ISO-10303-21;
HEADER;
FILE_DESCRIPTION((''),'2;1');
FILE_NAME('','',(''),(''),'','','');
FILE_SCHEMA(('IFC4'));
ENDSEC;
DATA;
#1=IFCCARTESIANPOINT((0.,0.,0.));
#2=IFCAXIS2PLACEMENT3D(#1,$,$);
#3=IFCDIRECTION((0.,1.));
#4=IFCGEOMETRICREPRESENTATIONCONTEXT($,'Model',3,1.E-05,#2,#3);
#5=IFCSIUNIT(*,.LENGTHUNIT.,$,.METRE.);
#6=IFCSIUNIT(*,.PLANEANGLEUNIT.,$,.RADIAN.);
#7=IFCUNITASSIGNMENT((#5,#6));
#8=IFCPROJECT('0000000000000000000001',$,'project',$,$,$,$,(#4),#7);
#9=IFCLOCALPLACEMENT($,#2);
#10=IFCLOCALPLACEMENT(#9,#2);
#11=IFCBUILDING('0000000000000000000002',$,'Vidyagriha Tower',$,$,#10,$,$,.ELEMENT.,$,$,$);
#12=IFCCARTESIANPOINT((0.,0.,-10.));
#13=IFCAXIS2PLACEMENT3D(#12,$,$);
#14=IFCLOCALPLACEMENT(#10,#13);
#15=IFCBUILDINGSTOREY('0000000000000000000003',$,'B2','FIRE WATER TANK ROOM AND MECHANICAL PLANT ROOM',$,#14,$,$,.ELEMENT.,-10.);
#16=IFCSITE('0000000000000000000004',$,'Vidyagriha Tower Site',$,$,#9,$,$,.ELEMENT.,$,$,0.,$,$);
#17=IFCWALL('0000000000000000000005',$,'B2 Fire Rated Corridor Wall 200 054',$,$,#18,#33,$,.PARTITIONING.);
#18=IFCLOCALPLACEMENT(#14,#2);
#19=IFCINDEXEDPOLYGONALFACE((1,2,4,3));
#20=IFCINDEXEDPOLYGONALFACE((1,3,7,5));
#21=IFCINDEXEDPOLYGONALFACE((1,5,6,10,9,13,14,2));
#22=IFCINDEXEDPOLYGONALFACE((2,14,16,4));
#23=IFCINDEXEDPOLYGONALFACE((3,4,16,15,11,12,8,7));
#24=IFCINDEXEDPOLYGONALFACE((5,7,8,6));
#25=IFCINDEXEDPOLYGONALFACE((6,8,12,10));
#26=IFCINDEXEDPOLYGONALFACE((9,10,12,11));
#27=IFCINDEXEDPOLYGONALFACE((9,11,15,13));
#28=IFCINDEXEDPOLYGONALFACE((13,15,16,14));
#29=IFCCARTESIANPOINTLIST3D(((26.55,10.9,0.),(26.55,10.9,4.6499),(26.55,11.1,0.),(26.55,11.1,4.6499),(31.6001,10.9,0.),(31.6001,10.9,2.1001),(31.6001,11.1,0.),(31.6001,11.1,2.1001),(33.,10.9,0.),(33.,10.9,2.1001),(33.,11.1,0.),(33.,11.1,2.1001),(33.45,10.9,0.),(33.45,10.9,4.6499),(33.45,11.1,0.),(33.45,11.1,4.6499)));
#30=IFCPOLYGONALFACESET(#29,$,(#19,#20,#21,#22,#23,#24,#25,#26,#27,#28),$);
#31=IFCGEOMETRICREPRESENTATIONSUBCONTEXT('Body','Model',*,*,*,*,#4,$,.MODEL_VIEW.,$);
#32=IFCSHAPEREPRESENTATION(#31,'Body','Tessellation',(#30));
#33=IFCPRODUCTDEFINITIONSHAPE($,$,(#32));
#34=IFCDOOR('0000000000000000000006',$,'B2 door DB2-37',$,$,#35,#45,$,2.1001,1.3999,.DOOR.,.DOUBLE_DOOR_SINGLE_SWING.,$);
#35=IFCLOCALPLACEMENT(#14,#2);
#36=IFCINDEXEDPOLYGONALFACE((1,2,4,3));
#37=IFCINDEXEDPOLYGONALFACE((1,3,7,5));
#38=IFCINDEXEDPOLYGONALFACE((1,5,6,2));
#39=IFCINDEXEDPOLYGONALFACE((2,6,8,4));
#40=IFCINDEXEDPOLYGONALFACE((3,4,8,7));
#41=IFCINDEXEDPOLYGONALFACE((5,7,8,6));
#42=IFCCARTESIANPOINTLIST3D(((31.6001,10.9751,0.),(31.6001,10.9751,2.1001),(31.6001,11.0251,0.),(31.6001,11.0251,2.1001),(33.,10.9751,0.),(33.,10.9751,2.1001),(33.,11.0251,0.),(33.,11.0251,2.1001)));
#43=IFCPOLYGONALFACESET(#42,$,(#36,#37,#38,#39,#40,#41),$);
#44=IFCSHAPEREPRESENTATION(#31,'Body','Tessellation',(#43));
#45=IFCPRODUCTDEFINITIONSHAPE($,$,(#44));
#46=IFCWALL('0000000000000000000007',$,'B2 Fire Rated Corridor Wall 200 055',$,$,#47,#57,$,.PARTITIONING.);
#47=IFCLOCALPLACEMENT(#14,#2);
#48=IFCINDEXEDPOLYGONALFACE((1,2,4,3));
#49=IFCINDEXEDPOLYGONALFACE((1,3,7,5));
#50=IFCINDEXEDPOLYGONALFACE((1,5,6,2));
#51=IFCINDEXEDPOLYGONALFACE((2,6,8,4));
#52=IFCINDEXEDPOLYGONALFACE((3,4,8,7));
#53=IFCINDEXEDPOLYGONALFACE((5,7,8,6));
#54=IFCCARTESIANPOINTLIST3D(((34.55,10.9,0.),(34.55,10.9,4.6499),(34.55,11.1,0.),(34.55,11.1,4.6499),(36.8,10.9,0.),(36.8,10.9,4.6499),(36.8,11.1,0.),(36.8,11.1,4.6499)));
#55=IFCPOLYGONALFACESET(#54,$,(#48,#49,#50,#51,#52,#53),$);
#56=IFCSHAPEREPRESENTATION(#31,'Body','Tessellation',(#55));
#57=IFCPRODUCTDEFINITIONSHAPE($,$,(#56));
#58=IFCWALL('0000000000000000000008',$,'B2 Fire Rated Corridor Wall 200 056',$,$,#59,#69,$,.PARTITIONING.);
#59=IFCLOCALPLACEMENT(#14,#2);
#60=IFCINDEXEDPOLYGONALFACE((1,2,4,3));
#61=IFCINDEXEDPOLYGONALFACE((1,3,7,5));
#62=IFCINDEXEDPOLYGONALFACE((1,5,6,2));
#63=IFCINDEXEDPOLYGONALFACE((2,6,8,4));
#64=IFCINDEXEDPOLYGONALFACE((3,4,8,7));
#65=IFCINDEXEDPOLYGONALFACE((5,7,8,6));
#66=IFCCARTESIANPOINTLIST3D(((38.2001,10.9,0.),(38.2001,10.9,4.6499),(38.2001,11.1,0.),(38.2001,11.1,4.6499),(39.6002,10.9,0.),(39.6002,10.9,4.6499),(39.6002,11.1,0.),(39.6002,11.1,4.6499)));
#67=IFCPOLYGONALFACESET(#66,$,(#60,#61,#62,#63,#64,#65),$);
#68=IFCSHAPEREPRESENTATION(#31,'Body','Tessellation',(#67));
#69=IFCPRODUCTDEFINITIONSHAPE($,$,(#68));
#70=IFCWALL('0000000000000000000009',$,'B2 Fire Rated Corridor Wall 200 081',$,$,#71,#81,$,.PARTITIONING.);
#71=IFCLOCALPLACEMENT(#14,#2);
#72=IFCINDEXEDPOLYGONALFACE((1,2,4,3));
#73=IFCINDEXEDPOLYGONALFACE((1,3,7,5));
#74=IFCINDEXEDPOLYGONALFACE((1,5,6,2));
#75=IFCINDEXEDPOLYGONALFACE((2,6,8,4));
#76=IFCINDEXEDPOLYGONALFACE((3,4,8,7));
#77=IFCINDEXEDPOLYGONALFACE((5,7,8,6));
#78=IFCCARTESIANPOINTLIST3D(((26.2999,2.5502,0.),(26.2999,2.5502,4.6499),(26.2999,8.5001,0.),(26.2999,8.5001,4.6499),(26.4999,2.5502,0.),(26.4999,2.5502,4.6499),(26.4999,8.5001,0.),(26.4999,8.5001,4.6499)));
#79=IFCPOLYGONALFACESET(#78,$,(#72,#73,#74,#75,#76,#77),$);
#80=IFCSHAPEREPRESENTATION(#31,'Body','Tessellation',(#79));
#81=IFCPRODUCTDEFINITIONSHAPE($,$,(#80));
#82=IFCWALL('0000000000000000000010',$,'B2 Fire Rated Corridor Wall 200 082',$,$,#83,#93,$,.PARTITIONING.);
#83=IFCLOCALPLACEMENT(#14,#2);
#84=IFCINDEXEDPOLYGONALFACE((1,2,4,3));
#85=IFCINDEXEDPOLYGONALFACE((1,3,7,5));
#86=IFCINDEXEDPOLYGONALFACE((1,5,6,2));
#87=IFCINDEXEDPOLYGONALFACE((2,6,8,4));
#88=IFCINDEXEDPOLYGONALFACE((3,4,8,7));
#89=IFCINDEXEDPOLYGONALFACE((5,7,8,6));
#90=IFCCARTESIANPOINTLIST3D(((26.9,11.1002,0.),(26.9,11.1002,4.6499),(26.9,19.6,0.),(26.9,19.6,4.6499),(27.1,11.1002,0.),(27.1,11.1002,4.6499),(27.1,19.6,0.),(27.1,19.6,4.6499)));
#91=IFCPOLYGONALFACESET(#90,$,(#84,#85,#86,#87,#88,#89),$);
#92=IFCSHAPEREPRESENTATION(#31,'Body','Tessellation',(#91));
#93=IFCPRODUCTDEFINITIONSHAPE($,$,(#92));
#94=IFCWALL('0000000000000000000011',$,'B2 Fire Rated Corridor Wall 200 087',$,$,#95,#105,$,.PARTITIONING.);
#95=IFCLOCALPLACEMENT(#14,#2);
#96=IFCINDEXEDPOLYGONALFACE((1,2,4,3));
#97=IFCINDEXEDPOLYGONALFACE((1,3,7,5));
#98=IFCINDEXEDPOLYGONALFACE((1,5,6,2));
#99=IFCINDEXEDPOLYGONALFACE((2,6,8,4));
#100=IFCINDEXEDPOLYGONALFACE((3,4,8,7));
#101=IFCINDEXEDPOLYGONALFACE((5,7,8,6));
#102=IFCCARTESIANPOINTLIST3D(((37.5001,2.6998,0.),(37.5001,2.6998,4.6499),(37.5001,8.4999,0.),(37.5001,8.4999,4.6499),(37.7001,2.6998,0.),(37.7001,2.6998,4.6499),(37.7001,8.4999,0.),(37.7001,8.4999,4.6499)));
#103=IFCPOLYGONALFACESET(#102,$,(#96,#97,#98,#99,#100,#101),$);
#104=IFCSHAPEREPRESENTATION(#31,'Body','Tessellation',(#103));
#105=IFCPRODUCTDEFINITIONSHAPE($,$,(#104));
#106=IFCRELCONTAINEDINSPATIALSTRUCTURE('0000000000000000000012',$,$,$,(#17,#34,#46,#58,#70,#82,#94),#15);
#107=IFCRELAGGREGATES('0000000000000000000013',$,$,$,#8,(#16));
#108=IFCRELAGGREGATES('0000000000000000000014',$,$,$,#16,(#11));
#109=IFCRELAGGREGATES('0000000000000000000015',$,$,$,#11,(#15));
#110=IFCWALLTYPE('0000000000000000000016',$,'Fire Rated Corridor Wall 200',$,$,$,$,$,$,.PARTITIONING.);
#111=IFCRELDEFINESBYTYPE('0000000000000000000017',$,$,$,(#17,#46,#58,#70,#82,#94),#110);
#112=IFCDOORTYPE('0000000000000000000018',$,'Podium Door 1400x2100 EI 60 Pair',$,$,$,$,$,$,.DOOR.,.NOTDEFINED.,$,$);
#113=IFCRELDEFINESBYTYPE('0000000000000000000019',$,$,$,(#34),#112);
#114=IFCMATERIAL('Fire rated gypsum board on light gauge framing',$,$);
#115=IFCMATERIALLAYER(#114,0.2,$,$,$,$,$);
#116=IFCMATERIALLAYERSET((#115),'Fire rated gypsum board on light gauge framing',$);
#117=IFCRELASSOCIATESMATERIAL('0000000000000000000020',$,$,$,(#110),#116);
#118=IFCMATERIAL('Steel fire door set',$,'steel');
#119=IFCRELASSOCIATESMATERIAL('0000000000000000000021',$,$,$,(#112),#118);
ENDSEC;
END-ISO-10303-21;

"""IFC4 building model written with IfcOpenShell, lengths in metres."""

from ifc_helpers import new_model, si_unit, direction, frame, frame_2d, origin, place, context, subcontext, project, spatial, rectangle, extrude, material, layer, layer_set, type_object, element, fill, save


model = new_model("IFC4")

# Units and contexts
model_context = context("Model", 3, precision=1e-05, world=origin(), true_north=direction((0.0, 1.0)))
body_context = subcontext(model_context, "Body", "Model", "MODEL_VIEW")
ifc_project = project(units=[si_unit("LENGTHUNIT", "METRE"), si_unit("PLANEANGLEUNIT", "RADIAN")], contexts=[model_context])

# Site, building, storey
site_placement = place(None, origin())
site = spatial("IfcSite", under=ifc_project, at=site_placement, Name="Vidyagriha Tower Site", CompositionType="ELEMENT", RefElevation=0.0)
building_placement = place(site_placement, origin())
building = spatial("IfcBuilding", under=site, at=building_placement, Name="Vidyagriha Tower", CompositionType="ELEMENT")
storey_placement = place(building_placement, frame((0.0, 0.0, -10.0)))
storey = spatial("IfcBuildingStorey", under=building, at=storey_placement, Name="B2", Description="FIRE WATER TANK ROOM AND MECHANICAL PLANT ROOM", CompositionType="ELEMENT", Elevation=-10.0)

# Shared definitions
ifc_material_1 = material(Name="Fire rated gypsum board on light gauge framing")
ifc_layer = layer(ifc_material_1, 0.2)
ifc_layer_set = layer_set([ifc_layer], Name="Fire rated gypsum board on light gauge framing")
wall_type = type_object("IfcWallType", Name="Fire Rated Corridor Wall 200", PredefinedType="PARTITIONING", material=ifc_layer_set)

# Wall, opening, door
wall_1_placement = place(storey_placement, frame((26.55, 11.0, 0.0)))
wall_1 = element("IfcWall", 1, at=wall_1_placement, inside=storey, type_object=wall_type, Name="B2 Fire Rated Corridor Wall 200 054", PredefinedType="PARTITIONING", context=body_context, shape_type="SweptSolid", body=[
    extrude(rectangle(XDim=6.8999, YDim=0.2, at=frame_2d((3.45, 0.0))), origin(), (0.0, 0.0, 1.0), 4.6499),
])
opening_1_placement = place(wall_1_placement, frame((5.05, 0.0, 0.0)))
opening_1 = element("IfcOpeningElement", 2, at=opening_1_placement, cuts=wall_1, PredefinedType="OPENING", context=body_context, shape_type="SweptSolid", body=[
    extrude(rectangle(XDim=1.3999, YDim=2.1001, at=frame_2d((0.7, 1.05))), frame((0.0, 0.1099, 0.0), z_axis=(0.0, -1.0, 0.0), x_axis=(1.0, 0.0, 0.0)), (0.0, 0.0, 1.0), 0.22),
])
ifc_material_2 = material(Name="Steel fire door set", Category="steel")
door_type_1 = type_object("IfcDoorType", Name="Podium Door 1400x2100 EI 60 Pair", OperationType="NOTDEFINED", PredefinedType="DOOR", material=ifc_material_2)
door_1_placement = place(opening_1_placement, frame((1.3999, 0.0, 0.0), z_axis=(0.0, 0.0, 1.0), x_axis=(-1.0, 0.0, 0.0)))
door_1 = element("IfcDoor", 3, at=door_1_placement, inside=storey, type_object=door_type_1, Name="B2 door DB2-37", OperationType="DOUBLE_DOOR_SINGLE_SWING", OverallHeight=2.1001, OverallWidth=1.3999, PredefinedType="DOOR", context=body_context, shape_type="SweptSolid", body=[
    extrude(rectangle(XDim=1.3999, YDim=2.1001, at=frame_2d((0.7, 1.05))), frame((0.0, 0.0249, 0.0), z_axis=(0.0, -1.0, 0.0), x_axis=(1.0, 0.0, 0.0)), (0.0, 0.0, 1.0), 0.05),
])
fill(opening_1, door_1)

# Walls
wall_2_placement = place(storey_placement, frame((34.55, 11.0, 0.0)))
element("IfcWall", 4, at=wall_2_placement, inside=storey, type_object=wall_type, Name="B2 Fire Rated Corridor Wall 200 055", PredefinedType="PARTITIONING", context=body_context, shape_type="SweptSolid", body=[
    extrude(rectangle(XDim=2.25, YDim=0.2, at=frame_2d((1.125, 0.0))), origin(), (0.0, 0.0, 1.0), 4.6499),
])
wall_3_placement = place(storey_placement, frame((38.2, 11.0, 0.0)))
element("IfcWall", 5, at=wall_3_placement, inside=storey, type_object=wall_type, Name="B2 Fire Rated Corridor Wall 200 056", PredefinedType="PARTITIONING", context=body_context, shape_type="SweptSolid", body=[
    extrude(rectangle(XDim=1.4001, YDim=0.2, at=frame_2d((0.7002, 0.0))), origin(), (0.0, 0.0, 1.0), 4.6499),
])
wall_4_placement = place(storey_placement, frame((26.3999, 2.55, 0.0), z_axis=(0.0, 0.0, 1.0), x_axis=(0.0, 1.0, 0.0)))
element("IfcWall", 6, at=wall_4_placement, inside=storey, type_object=wall_type, Name="B2 Fire Rated Corridor Wall 200 081", PredefinedType="PARTITIONING", context=body_context, shape_type="SweptSolid", body=[
    extrude(rectangle(XDim=5.95, YDim=0.2, at=frame_2d((2.9751, 0.0))), origin(), (0.0, 0.0, 1.0), 4.6499),
])
wall_5_placement = place(storey_placement, frame((27.0, 11.1001, 0.0), z_axis=(0.0, 0.0, 1.0), x_axis=(0.0, 1.0, 0.0)))
element("IfcWall", 7, at=wall_5_placement, inside=storey, type_object=wall_type, Name="B2 Fire Rated Corridor Wall 200 082", PredefinedType="PARTITIONING", context=body_context, shape_type="SweptSolid", body=[
    extrude(rectangle(XDim=8.4998, YDim=0.2, at=frame_2d((4.25, 0.0))), origin(), (0.0, 0.0, 1.0), 4.6499),
])
wall_6_placement = place(storey_placement, frame((37.6001, 2.7, 0.0), z_axis=(0.0, 0.0, 1.0), x_axis=(0.0, 1.0, 0.0)))
element("IfcWall", 8, at=wall_6_placement, inside=storey, type_object=wall_type, Name="B2 Fire Rated Corridor Wall 200 087", PredefinedType="PARTITIONING", context=body_context, shape_type="SweptSolid", body=[
    extrude(rectangle(XDim=5.8, YDim=0.2, at=frame_2d((2.8999, 0.0))), origin(), (0.0, 0.0, 1.0), 4.6499),
])

save(model, "model.ifc")
